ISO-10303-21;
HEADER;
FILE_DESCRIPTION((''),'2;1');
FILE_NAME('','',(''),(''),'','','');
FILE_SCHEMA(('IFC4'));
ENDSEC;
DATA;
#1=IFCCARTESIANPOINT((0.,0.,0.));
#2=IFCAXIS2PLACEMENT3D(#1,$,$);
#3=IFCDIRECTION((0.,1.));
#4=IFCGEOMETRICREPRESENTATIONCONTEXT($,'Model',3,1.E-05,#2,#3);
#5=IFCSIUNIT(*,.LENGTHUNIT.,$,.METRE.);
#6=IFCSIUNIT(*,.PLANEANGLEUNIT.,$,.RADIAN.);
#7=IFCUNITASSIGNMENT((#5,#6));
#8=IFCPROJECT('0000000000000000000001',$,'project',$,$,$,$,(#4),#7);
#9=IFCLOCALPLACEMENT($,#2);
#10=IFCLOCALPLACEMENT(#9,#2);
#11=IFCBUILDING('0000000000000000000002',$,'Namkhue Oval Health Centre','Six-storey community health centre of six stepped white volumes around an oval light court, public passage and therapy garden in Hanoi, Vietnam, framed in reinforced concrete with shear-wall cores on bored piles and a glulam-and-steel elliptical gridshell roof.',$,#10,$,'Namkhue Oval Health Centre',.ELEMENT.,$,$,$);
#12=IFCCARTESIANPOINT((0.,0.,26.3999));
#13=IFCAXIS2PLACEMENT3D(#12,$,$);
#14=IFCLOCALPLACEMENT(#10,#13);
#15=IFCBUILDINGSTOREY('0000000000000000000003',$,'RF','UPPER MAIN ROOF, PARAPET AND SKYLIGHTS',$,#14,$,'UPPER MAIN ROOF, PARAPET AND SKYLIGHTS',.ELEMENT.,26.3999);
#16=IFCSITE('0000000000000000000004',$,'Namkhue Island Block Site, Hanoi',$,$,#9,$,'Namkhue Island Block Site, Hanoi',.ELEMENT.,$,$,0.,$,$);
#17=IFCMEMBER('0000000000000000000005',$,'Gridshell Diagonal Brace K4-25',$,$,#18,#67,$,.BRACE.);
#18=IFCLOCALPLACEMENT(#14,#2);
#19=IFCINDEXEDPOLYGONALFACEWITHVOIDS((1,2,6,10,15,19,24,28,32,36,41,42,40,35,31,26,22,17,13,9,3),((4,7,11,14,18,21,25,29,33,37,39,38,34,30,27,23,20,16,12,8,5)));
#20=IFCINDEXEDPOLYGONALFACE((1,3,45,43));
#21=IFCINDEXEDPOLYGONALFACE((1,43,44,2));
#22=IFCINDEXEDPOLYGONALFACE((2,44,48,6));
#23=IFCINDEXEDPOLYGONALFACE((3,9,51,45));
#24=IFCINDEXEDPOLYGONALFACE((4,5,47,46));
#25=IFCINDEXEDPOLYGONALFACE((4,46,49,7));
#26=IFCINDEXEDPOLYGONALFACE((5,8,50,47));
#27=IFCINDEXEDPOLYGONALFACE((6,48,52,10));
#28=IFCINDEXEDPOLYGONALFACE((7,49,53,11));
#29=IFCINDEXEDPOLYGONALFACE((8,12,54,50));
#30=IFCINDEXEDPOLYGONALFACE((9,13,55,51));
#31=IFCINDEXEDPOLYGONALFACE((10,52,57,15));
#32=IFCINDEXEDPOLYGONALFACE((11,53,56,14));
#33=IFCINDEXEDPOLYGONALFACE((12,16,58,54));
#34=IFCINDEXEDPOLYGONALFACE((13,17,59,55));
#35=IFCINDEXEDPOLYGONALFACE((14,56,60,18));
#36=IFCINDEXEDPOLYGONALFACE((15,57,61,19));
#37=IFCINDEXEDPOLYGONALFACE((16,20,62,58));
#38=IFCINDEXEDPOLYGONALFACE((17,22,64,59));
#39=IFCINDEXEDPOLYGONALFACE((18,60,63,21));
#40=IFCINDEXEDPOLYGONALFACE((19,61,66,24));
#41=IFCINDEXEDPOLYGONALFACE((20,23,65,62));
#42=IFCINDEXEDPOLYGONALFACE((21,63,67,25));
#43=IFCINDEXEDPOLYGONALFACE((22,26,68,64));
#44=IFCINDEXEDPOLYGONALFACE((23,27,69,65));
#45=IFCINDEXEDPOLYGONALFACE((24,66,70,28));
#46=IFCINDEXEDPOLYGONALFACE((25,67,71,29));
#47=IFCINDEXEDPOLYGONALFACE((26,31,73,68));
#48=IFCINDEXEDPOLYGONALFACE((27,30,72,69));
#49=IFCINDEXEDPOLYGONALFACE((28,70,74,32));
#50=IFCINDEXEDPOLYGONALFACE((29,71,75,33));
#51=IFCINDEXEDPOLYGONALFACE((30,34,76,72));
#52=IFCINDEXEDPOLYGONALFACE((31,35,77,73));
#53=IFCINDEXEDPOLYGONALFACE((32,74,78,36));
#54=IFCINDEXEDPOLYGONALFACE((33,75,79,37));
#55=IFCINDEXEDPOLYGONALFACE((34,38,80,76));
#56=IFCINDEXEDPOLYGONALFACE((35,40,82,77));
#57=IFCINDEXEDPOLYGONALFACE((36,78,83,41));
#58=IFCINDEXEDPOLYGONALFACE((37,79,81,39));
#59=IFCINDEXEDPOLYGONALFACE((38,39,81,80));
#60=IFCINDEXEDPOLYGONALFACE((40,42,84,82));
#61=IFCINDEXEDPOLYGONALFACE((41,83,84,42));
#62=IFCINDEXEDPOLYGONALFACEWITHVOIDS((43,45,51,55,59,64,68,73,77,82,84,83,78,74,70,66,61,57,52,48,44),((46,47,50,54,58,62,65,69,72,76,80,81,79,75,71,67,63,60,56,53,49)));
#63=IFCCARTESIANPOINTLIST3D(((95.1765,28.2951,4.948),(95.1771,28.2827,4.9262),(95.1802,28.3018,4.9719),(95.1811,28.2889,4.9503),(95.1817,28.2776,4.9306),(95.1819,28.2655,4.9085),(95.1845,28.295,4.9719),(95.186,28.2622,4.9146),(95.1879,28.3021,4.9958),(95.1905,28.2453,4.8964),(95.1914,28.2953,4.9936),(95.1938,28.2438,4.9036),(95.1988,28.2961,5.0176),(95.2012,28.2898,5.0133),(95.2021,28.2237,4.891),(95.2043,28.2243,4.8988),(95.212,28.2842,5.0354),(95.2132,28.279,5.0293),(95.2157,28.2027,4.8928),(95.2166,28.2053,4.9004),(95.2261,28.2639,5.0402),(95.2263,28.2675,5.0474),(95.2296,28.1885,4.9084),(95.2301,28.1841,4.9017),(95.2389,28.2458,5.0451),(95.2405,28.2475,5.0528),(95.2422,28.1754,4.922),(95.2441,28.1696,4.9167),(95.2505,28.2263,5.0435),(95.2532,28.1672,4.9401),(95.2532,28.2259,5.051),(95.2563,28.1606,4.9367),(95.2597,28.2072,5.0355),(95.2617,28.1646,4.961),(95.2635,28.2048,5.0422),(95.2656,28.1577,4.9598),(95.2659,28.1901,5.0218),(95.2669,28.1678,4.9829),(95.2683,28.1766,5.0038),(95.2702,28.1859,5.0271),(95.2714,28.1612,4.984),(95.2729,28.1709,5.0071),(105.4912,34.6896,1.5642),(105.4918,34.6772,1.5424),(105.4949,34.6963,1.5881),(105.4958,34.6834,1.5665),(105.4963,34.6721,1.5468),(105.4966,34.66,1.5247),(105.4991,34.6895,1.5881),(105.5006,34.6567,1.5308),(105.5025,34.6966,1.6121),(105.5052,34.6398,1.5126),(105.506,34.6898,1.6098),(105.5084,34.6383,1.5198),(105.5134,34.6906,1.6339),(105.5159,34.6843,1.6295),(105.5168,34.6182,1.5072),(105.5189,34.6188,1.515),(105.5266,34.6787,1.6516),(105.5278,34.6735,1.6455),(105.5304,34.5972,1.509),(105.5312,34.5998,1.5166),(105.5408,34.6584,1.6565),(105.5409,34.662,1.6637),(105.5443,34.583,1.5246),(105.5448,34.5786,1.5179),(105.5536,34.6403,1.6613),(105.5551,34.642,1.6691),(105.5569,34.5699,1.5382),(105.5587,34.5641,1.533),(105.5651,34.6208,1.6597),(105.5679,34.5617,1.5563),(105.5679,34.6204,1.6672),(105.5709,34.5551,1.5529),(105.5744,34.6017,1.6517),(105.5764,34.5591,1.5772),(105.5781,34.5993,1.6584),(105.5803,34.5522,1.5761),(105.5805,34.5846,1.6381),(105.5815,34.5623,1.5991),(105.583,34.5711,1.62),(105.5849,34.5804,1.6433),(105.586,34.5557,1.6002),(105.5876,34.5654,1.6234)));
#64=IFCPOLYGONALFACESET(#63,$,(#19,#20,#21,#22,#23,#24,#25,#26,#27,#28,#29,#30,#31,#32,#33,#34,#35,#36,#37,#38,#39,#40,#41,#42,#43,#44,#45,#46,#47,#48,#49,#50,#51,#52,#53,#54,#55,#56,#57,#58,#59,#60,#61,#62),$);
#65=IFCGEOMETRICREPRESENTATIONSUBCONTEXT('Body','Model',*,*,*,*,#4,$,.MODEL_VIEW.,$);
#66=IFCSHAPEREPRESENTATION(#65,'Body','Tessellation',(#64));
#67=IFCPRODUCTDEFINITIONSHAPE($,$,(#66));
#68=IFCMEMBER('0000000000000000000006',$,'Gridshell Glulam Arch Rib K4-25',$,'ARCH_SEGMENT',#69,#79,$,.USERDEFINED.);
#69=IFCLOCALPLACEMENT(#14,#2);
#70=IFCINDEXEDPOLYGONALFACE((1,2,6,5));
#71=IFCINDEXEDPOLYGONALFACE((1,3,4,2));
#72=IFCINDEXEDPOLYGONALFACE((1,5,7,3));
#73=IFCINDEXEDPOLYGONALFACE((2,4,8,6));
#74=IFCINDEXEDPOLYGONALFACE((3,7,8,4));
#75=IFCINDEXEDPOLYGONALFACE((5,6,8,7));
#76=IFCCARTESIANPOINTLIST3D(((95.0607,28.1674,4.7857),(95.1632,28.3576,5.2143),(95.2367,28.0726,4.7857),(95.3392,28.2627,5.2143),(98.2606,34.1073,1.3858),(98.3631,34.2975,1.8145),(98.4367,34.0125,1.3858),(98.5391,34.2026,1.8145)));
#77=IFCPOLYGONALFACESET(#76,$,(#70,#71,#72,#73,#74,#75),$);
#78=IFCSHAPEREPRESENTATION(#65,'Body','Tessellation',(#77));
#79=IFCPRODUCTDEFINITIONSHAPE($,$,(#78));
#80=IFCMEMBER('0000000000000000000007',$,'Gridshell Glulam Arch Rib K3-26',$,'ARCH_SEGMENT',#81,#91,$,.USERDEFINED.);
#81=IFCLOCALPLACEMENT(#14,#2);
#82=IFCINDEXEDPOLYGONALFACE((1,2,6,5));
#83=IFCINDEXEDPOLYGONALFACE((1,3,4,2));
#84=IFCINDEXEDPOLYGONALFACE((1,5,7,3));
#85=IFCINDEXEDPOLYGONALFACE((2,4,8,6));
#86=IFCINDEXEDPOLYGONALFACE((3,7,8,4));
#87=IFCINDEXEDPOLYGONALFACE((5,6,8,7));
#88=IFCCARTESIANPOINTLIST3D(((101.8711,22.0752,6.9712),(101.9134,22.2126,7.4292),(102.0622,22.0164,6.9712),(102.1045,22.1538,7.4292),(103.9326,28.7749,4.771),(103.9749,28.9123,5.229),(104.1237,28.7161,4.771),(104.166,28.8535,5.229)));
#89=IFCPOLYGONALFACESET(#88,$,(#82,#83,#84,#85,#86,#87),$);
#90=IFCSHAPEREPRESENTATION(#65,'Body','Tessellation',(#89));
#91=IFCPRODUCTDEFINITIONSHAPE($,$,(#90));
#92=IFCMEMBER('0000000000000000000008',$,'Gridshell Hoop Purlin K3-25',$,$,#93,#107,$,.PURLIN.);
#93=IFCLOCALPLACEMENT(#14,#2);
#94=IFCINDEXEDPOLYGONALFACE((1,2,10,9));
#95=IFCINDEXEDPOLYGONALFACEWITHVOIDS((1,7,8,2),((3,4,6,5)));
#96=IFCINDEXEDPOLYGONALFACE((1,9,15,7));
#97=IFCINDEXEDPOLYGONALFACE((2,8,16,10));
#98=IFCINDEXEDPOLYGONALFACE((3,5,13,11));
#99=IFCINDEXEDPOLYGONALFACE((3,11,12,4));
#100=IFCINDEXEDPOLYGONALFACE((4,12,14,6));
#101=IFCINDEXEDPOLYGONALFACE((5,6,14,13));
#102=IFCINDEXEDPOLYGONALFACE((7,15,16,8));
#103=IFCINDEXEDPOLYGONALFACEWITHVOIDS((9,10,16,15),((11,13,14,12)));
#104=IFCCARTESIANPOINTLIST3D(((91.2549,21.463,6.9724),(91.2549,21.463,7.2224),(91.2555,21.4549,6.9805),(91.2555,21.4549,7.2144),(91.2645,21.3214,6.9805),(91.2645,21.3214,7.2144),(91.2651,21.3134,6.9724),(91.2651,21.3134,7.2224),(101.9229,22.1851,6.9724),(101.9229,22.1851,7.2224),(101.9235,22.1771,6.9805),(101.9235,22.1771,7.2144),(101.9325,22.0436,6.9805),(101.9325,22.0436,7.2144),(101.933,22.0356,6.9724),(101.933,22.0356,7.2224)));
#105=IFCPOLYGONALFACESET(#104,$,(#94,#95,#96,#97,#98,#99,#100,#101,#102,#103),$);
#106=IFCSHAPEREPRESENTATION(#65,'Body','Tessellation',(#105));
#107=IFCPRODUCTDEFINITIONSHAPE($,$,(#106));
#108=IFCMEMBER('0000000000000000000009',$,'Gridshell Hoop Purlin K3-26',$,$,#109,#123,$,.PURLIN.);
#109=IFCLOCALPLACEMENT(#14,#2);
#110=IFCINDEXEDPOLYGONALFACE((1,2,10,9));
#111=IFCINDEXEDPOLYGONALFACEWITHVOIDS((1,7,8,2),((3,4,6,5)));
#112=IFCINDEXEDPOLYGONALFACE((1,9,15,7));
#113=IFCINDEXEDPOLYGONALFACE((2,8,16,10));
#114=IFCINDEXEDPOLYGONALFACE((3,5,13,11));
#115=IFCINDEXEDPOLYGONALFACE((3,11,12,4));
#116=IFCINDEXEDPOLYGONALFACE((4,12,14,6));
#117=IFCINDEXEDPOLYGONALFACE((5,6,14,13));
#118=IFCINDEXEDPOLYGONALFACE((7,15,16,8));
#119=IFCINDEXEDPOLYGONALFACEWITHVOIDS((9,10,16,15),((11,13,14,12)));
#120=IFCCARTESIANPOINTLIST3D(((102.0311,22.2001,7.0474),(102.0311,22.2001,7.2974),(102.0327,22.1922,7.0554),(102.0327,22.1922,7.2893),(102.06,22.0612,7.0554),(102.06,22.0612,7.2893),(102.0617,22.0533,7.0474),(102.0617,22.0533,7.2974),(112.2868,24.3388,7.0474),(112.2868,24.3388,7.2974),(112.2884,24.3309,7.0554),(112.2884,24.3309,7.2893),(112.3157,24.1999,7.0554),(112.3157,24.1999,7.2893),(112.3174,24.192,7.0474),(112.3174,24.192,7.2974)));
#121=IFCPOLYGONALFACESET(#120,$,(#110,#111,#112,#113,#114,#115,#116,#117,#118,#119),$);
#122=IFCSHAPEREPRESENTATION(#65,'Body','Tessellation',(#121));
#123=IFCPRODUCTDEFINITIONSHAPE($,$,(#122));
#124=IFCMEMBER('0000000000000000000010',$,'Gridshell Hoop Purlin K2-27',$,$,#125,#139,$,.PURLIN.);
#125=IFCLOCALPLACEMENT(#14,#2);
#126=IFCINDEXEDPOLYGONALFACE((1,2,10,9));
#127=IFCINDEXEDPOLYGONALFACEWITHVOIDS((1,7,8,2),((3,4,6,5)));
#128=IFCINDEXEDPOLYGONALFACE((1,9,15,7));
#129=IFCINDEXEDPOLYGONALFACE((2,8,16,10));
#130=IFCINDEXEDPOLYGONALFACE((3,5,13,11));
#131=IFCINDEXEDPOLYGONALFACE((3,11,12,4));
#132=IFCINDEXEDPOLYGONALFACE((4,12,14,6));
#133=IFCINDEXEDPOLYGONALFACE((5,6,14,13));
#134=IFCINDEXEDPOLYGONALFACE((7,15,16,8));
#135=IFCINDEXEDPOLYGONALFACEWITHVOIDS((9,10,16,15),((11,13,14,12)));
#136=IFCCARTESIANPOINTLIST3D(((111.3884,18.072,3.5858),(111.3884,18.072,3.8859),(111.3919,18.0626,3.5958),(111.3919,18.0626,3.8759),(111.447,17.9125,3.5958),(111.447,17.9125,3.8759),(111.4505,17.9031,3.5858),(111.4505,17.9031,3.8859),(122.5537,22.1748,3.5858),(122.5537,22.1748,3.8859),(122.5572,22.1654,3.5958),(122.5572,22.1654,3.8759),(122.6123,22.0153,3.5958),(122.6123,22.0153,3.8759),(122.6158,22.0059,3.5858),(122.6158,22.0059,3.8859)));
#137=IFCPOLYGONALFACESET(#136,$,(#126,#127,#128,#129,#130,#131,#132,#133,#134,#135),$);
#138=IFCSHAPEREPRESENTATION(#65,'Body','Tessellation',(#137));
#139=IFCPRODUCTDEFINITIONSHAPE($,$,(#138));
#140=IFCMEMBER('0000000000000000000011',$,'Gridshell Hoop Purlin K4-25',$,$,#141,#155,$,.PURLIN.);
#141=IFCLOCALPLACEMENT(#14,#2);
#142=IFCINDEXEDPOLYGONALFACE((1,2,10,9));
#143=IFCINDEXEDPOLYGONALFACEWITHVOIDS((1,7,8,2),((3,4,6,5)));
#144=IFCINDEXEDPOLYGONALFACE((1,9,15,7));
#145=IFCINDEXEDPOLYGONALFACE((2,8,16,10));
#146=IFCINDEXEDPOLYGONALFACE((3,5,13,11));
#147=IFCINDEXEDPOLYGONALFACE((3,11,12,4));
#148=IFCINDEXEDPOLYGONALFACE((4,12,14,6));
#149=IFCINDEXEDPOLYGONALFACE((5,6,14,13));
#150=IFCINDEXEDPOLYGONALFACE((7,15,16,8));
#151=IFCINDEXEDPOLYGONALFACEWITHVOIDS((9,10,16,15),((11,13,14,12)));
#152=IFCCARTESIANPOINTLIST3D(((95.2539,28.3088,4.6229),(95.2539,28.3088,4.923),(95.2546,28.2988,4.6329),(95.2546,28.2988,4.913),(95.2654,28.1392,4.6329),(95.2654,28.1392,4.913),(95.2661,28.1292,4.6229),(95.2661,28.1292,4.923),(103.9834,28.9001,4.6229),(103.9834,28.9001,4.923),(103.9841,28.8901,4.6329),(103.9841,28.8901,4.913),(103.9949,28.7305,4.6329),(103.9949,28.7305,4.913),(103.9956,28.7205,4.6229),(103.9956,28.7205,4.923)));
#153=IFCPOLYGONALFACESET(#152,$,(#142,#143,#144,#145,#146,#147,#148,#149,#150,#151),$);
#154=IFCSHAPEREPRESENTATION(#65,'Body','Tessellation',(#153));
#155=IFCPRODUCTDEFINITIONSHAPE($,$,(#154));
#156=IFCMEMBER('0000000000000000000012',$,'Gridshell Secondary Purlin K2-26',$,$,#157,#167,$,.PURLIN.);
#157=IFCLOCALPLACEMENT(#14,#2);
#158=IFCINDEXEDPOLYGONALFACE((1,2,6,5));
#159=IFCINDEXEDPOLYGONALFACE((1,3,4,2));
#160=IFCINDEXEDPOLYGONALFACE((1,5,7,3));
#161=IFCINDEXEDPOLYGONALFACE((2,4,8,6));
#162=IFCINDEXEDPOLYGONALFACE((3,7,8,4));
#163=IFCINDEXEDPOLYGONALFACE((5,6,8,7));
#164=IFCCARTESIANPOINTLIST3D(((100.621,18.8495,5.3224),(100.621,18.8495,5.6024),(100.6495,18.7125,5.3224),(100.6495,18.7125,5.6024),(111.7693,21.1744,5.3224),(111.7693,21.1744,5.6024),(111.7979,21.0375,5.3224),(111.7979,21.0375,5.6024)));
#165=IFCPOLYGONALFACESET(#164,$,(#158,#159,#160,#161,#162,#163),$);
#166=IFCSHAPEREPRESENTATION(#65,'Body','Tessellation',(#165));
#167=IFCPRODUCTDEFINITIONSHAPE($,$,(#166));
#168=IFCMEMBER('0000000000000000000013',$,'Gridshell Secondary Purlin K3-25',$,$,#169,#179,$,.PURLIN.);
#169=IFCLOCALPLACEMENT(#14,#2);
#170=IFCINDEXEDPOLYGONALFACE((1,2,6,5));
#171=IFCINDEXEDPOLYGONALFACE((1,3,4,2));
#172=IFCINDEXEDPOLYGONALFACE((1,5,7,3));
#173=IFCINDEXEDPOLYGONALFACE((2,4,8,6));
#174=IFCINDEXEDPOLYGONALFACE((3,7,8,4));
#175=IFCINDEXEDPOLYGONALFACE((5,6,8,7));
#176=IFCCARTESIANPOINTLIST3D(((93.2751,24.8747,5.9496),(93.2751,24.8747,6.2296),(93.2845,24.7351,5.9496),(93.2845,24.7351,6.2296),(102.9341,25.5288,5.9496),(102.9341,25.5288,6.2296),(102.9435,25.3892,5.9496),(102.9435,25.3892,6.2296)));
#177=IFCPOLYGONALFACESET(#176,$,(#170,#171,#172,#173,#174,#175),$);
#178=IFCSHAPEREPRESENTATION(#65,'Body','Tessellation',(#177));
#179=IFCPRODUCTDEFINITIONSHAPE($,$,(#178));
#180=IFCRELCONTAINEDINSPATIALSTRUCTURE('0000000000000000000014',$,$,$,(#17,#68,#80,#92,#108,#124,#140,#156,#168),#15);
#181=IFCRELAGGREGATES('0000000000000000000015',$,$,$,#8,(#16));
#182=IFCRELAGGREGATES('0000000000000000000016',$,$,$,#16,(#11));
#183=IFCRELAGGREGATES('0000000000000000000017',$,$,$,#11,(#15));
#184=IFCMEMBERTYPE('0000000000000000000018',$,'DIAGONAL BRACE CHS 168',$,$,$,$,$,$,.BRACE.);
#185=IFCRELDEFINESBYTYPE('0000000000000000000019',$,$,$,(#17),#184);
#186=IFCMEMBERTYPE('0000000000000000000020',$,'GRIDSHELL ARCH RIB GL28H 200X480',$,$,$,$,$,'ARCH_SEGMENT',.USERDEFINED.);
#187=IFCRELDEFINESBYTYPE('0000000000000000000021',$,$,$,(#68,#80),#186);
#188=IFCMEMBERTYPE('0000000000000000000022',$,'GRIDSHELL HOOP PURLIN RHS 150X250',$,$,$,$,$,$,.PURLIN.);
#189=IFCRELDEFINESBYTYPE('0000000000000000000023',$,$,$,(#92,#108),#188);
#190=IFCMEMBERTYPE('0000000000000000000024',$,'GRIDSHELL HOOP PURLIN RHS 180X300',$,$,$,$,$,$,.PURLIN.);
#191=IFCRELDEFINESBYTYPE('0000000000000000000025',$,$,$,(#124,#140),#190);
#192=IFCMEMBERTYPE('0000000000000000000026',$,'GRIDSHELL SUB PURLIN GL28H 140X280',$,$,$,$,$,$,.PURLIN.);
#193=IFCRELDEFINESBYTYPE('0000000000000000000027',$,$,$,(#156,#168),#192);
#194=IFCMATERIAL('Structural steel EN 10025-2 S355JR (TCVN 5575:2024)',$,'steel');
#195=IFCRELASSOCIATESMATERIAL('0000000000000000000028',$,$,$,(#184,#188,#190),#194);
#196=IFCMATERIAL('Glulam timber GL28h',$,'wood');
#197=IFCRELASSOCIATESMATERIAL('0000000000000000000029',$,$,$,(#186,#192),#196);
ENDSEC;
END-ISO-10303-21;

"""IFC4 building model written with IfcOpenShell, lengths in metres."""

from ifc_helpers import new_model, si_unit, direction, frame, origin, origin_2d, place, context, subcontext, project, spatial, rectangle, hollow_rectangle, hollow_circle, extrude, material, material_profile, profile_set, type_object, element, save


model = new_model("IFC4")

# Units and contexts
model_context = context("Model", 3, precision=1e-05, world=origin(), true_north=direction((0.0, 1.0)))
body_context = subcontext(model_context, "Body", "Model", "MODEL_VIEW")
ifc_project = project(units=[si_unit("LENGTHUNIT", "METRE"), si_unit("PLANEANGLEUNIT", "RADIAN")], contexts=[model_context])

# Site, building, storey
site_placement = place(None, origin())
site = spatial("IfcSite", under=ifc_project, at=site_placement, Name="Namkhue Island Block Site, Hanoi", LongName="Namkhue Island Block Site, Hanoi", CompositionType="ELEMENT", RefElevation=0.0)
building_placement = place(site_placement, origin())
building = spatial("IfcBuilding", under=site, at=building_placement, Name="Namkhue Oval Health Centre", Description="Six-storey community health centre of six stepped white volumes around an oval light court, public passage and therapy garden in Hanoi, Vietnam, framed in reinforced concrete with shear-wall cores on bored piles and a glulam-and-steel elliptical gridshell roof.", LongName="Namkhue Oval Health Centre", CompositionType="ELEMENT")
storey_placement = place(building_placement, frame((0.0, 0.0, 26.3999)))
storey = spatial("IfcBuildingStorey", under=building, at=storey_placement, Name="RF", Description="UPPER MAIN ROOF, PARAPET AND SKYLIGHTS", LongName="UPPER MAIN ROOF, PARAPET AND SKYLIGHTS", CompositionType="ELEMENT", Elevation=26.3999)

# Members
ifc_material_1 = material(Name="Structural steel EN 10025-2 S355JR (TCVN 5575:2024)", Category="steel")
ifc_material_profile_1 = material_profile(ifc_material_1, hollow_circle(Radius=0.0842, WallThickness=0.0081, at=origin_2d()), Name="CHS 168.3x8")
ifc_profile_set_1 = profile_set([ifc_material_profile_1], Name="Structural steel EN 10025-2 S355JR (TCVN 5575:2024)")
member_type_1 = type_object("IfcMemberType", Name="DIAGONAL BRACE CHS 168", PredefinedType="BRACE", material=ifc_profile_set_1)
member_1_placement = place(storey_placement, frame((95.2246, 28.2302, 4.9719), z_axis=(0.818696, 0.507546, -0.268577), x_axis=(-0.526905, 0.849924, 0.0)))
element("IfcMember", 1, at=member_1_placement, inside=storey, type_object=member_type_1, Name="Gridshell Diagonal Brace K4-25", PredefinedType="BRACE", context=body_context, shape_type="SweptSolid", body=[
    extrude(hollow_circle(Radius=0.0842, WallThickness=0.0081, at=origin_2d()), origin(), (0.0, 0.0, 1.0), 12.5989),
])
ifc_material_2 = material(Name="Glulam timber GL28h", Category="wood")
ifc_material_profile_2 = material_profile(ifc_material_2, rectangle(XDim=0.2, YDim=0.48, at=origin_2d()), Name="GL28h 200x480")
ifc_profile_set_2 = profile_set([ifc_material_profile_2], Name="Glulam timber GL28h")
member_type_2 = type_object("IfcMemberType", Name="GRIDSHELL ARCH RIB GL28H 200X480", ElementType="ARCH_SEGMENT", PredefinedType="USERDEFINED", material=ifc_profile_set_2)
member_2_placement = place(storey_placement, frame((95.2, 28.2151, 5.0), z_axis=(0.42354, 0.7862, -0.450005), x_axis=(-0.880377, 0.474275, 0.0)))
element("IfcMember", 2, at=member_2_placement, inside=storey, type_object=member_type_2, Name="Gridshell Glulam Arch Rib K4-25", ObjectType="ARCH_SEGMENT", PredefinedType="USERDEFINED", context=body_context, shape_type="SweptSolid", body=[
    extrude(rectangle(XDim=0.2, YDim=0.48, at=origin_2d()), origin(), (0.0, 0.0, 1.0), 7.5552),
])
member_3_placement = place(storey_placement, frame((101.9878, 22.1145, 7.2002), z_axis=(0.280598, 0.91191, -0.299473), x_axis=(-0.955776, 0.294096, 0.0)))
element("IfcMember", 3, at=member_3_placement, inside=storey, type_object=member_type_2, Name="Gridshell Glulam Arch Rib K3-26", ObjectType="ARCH_SEGMENT", PredefinedType="USERDEFINED", context=body_context, shape_type="SweptSolid", body=[
    extrude(rectangle(XDim=0.2, YDim=0.48, at=origin_2d()), origin(), (0.0, 0.0, 1.0), 7.3469),
])
ifc_material_profile_3 = material_profile(ifc_material_1, hollow_rectangle(XDim=0.1499, YDim=0.25, WallThickness=0.0081, at=origin_2d()), Name="RHS 150x250x8")
ifc_profile_set_3 = profile_set([ifc_material_profile_3], Name="Structural steel EN 10025-2 S355JR (TCVN 5575:2024)")
member_type_3 = type_object("IfcMemberType", Name="GRIDSHELL HOOP PURLIN RHS 150X250", PredefinedType="PURLIN", material=ifc_profile_set_3)
member_4_placement = place(storey_placement, frame((91.26, 21.3882, 7.0974), z_axis=(0.997717, 0.06754, 0.0), x_axis=(-0.06754, 0.997717, 0.0)))
element("IfcMember", 4, at=member_4_placement, inside=storey, type_object=member_type_3, Name="Gridshell Hoop Purlin K3-25", PredefinedType="PURLIN", context=body_context, shape_type="SweptSolid", body=[
    extrude(hollow_rectangle(XDim=0.1499, YDim=0.25, WallThickness=0.0081, at=origin_2d()), origin(), (0.0, 0.0, 1.0), 10.6924),
])
member_5_placement = place(storey_placement, frame((102.0464, 22.1267, 7.1724), z_axis=(0.978941, 0.204145, 0.0), x_axis=(-0.204145, 0.978941, 0.0)))
element("IfcMember", 5, at=member_5_placement, inside=storey, type_object=member_type_3, Name="Gridshell Hoop Purlin K3-26", PredefinedType="PURLIN", context=body_context, shape_type="SweptSolid", body=[
    extrude(hollow_rectangle(XDim=0.1499, YDim=0.25, WallThickness=0.0081, at=origin_2d()), origin(), (0.0, 0.0, 1.0), 10.4763),
])
ifc_material_profile_4 = material_profile(ifc_material_1, hollow_rectangle(XDim=0.1799, YDim=0.3, WallThickness=0.01, at=origin_2d()), Name="RHS 180x300x10")
ifc_profile_set_4 = profile_set([ifc_material_profile_4], Name="Structural steel EN 10025-2 S355JR (TCVN 5575:2024)")
member_type_4 = type_object("IfcMemberType", Name="GRIDSHELL HOOP PURLIN RHS 180X300", PredefinedType="PURLIN", material=ifc_profile_set_4)
member_6_placement = place(storey_placement, frame((111.4194, 17.9875, 3.7358), z_axis=(0.938636, 0.34491, 0.0), x_axis=(-0.34491, 0.938636, 0.0)))
element("IfcMember", 6, at=member_6_placement, inside=storey, type_object=member_type_4, Name="Gridshell Hoop Purlin K2-27", PredefinedType="PURLIN", context=body_context, shape_type="SweptSolid", body=[
    extrude(hollow_rectangle(XDim=0.1799, YDim=0.3, WallThickness=0.01, at=origin_2d()), origin(), (0.0, 0.0, 1.0), 11.8953),
])
member_7_placement = place(storey_placement, frame((95.26, 28.219, 4.7729), z_axis=(0.997714, 0.067582, 0.0), x_axis=(-0.067582, 0.997714, 0.0)))
element("IfcMember", 7, at=member_7_placement, inside=storey, type_object=member_type_4, Name="Gridshell Hoop Purlin K4-25", PredefinedType="PURLIN", context=body_context, shape_type="SweptSolid", body=[
    extrude(hollow_rectangle(XDim=0.1799, YDim=0.3, WallThickness=0.01, at=origin_2d()), origin(), (0.0, 0.0, 1.0), 8.7495),
])
ifc_material_profile_5 = material_profile(ifc_material_2, rectangle(XDim=0.1399, YDim=0.28, at=origin_2d()), Name="GL28h 140x280")
ifc_profile_set_5 = profile_set([ifc_material_profile_5], Name="Glulam timber GL28h")
member_type_5 = type_object("IfcMemberType", Name="GRIDSHELL SUB PURLIN GL28H 140X280", PredefinedType="PURLIN", material=ifc_profile_set_5)
member_8_placement = place(storey_placement, frame((100.6353, 18.781, 5.4624), z_axis=(0.978939, 0.204153, 0.0), x_axis=(-0.204153, 0.978939, 0.0)))
element("IfcMember", 8, at=member_8_placement, inside=storey, type_object=member_type_5, Name="Gridshell Secondary Purlin K2-26", PredefinedType="PURLIN", context=body_context, shape_type="SweptSolid", body=[
    extrude(rectangle(XDim=0.1399, YDim=0.28, at=origin_2d()), origin(), (0.0, 0.0, 1.0), 11.3882),
])
member_9_placement = place(storey_placement, frame((93.2798, 24.8049, 6.0896), z_axis=(0.997715, 0.06756, 0.0), x_axis=(-0.06756, 0.997715, 0.0)))
element("IfcMember", 9, at=member_9_placement, inside=storey, type_object=member_type_5, Name="Gridshell Secondary Purlin K3-25", PredefinedType="PURLIN", context=body_context, shape_type="SweptSolid", body=[
    extrude(rectangle(XDim=0.1399, YDim=0.28, at=origin_2d()), origin(), (0.0, 0.0, 1.0), 9.6812),
])

save(model, "model.ifc")
